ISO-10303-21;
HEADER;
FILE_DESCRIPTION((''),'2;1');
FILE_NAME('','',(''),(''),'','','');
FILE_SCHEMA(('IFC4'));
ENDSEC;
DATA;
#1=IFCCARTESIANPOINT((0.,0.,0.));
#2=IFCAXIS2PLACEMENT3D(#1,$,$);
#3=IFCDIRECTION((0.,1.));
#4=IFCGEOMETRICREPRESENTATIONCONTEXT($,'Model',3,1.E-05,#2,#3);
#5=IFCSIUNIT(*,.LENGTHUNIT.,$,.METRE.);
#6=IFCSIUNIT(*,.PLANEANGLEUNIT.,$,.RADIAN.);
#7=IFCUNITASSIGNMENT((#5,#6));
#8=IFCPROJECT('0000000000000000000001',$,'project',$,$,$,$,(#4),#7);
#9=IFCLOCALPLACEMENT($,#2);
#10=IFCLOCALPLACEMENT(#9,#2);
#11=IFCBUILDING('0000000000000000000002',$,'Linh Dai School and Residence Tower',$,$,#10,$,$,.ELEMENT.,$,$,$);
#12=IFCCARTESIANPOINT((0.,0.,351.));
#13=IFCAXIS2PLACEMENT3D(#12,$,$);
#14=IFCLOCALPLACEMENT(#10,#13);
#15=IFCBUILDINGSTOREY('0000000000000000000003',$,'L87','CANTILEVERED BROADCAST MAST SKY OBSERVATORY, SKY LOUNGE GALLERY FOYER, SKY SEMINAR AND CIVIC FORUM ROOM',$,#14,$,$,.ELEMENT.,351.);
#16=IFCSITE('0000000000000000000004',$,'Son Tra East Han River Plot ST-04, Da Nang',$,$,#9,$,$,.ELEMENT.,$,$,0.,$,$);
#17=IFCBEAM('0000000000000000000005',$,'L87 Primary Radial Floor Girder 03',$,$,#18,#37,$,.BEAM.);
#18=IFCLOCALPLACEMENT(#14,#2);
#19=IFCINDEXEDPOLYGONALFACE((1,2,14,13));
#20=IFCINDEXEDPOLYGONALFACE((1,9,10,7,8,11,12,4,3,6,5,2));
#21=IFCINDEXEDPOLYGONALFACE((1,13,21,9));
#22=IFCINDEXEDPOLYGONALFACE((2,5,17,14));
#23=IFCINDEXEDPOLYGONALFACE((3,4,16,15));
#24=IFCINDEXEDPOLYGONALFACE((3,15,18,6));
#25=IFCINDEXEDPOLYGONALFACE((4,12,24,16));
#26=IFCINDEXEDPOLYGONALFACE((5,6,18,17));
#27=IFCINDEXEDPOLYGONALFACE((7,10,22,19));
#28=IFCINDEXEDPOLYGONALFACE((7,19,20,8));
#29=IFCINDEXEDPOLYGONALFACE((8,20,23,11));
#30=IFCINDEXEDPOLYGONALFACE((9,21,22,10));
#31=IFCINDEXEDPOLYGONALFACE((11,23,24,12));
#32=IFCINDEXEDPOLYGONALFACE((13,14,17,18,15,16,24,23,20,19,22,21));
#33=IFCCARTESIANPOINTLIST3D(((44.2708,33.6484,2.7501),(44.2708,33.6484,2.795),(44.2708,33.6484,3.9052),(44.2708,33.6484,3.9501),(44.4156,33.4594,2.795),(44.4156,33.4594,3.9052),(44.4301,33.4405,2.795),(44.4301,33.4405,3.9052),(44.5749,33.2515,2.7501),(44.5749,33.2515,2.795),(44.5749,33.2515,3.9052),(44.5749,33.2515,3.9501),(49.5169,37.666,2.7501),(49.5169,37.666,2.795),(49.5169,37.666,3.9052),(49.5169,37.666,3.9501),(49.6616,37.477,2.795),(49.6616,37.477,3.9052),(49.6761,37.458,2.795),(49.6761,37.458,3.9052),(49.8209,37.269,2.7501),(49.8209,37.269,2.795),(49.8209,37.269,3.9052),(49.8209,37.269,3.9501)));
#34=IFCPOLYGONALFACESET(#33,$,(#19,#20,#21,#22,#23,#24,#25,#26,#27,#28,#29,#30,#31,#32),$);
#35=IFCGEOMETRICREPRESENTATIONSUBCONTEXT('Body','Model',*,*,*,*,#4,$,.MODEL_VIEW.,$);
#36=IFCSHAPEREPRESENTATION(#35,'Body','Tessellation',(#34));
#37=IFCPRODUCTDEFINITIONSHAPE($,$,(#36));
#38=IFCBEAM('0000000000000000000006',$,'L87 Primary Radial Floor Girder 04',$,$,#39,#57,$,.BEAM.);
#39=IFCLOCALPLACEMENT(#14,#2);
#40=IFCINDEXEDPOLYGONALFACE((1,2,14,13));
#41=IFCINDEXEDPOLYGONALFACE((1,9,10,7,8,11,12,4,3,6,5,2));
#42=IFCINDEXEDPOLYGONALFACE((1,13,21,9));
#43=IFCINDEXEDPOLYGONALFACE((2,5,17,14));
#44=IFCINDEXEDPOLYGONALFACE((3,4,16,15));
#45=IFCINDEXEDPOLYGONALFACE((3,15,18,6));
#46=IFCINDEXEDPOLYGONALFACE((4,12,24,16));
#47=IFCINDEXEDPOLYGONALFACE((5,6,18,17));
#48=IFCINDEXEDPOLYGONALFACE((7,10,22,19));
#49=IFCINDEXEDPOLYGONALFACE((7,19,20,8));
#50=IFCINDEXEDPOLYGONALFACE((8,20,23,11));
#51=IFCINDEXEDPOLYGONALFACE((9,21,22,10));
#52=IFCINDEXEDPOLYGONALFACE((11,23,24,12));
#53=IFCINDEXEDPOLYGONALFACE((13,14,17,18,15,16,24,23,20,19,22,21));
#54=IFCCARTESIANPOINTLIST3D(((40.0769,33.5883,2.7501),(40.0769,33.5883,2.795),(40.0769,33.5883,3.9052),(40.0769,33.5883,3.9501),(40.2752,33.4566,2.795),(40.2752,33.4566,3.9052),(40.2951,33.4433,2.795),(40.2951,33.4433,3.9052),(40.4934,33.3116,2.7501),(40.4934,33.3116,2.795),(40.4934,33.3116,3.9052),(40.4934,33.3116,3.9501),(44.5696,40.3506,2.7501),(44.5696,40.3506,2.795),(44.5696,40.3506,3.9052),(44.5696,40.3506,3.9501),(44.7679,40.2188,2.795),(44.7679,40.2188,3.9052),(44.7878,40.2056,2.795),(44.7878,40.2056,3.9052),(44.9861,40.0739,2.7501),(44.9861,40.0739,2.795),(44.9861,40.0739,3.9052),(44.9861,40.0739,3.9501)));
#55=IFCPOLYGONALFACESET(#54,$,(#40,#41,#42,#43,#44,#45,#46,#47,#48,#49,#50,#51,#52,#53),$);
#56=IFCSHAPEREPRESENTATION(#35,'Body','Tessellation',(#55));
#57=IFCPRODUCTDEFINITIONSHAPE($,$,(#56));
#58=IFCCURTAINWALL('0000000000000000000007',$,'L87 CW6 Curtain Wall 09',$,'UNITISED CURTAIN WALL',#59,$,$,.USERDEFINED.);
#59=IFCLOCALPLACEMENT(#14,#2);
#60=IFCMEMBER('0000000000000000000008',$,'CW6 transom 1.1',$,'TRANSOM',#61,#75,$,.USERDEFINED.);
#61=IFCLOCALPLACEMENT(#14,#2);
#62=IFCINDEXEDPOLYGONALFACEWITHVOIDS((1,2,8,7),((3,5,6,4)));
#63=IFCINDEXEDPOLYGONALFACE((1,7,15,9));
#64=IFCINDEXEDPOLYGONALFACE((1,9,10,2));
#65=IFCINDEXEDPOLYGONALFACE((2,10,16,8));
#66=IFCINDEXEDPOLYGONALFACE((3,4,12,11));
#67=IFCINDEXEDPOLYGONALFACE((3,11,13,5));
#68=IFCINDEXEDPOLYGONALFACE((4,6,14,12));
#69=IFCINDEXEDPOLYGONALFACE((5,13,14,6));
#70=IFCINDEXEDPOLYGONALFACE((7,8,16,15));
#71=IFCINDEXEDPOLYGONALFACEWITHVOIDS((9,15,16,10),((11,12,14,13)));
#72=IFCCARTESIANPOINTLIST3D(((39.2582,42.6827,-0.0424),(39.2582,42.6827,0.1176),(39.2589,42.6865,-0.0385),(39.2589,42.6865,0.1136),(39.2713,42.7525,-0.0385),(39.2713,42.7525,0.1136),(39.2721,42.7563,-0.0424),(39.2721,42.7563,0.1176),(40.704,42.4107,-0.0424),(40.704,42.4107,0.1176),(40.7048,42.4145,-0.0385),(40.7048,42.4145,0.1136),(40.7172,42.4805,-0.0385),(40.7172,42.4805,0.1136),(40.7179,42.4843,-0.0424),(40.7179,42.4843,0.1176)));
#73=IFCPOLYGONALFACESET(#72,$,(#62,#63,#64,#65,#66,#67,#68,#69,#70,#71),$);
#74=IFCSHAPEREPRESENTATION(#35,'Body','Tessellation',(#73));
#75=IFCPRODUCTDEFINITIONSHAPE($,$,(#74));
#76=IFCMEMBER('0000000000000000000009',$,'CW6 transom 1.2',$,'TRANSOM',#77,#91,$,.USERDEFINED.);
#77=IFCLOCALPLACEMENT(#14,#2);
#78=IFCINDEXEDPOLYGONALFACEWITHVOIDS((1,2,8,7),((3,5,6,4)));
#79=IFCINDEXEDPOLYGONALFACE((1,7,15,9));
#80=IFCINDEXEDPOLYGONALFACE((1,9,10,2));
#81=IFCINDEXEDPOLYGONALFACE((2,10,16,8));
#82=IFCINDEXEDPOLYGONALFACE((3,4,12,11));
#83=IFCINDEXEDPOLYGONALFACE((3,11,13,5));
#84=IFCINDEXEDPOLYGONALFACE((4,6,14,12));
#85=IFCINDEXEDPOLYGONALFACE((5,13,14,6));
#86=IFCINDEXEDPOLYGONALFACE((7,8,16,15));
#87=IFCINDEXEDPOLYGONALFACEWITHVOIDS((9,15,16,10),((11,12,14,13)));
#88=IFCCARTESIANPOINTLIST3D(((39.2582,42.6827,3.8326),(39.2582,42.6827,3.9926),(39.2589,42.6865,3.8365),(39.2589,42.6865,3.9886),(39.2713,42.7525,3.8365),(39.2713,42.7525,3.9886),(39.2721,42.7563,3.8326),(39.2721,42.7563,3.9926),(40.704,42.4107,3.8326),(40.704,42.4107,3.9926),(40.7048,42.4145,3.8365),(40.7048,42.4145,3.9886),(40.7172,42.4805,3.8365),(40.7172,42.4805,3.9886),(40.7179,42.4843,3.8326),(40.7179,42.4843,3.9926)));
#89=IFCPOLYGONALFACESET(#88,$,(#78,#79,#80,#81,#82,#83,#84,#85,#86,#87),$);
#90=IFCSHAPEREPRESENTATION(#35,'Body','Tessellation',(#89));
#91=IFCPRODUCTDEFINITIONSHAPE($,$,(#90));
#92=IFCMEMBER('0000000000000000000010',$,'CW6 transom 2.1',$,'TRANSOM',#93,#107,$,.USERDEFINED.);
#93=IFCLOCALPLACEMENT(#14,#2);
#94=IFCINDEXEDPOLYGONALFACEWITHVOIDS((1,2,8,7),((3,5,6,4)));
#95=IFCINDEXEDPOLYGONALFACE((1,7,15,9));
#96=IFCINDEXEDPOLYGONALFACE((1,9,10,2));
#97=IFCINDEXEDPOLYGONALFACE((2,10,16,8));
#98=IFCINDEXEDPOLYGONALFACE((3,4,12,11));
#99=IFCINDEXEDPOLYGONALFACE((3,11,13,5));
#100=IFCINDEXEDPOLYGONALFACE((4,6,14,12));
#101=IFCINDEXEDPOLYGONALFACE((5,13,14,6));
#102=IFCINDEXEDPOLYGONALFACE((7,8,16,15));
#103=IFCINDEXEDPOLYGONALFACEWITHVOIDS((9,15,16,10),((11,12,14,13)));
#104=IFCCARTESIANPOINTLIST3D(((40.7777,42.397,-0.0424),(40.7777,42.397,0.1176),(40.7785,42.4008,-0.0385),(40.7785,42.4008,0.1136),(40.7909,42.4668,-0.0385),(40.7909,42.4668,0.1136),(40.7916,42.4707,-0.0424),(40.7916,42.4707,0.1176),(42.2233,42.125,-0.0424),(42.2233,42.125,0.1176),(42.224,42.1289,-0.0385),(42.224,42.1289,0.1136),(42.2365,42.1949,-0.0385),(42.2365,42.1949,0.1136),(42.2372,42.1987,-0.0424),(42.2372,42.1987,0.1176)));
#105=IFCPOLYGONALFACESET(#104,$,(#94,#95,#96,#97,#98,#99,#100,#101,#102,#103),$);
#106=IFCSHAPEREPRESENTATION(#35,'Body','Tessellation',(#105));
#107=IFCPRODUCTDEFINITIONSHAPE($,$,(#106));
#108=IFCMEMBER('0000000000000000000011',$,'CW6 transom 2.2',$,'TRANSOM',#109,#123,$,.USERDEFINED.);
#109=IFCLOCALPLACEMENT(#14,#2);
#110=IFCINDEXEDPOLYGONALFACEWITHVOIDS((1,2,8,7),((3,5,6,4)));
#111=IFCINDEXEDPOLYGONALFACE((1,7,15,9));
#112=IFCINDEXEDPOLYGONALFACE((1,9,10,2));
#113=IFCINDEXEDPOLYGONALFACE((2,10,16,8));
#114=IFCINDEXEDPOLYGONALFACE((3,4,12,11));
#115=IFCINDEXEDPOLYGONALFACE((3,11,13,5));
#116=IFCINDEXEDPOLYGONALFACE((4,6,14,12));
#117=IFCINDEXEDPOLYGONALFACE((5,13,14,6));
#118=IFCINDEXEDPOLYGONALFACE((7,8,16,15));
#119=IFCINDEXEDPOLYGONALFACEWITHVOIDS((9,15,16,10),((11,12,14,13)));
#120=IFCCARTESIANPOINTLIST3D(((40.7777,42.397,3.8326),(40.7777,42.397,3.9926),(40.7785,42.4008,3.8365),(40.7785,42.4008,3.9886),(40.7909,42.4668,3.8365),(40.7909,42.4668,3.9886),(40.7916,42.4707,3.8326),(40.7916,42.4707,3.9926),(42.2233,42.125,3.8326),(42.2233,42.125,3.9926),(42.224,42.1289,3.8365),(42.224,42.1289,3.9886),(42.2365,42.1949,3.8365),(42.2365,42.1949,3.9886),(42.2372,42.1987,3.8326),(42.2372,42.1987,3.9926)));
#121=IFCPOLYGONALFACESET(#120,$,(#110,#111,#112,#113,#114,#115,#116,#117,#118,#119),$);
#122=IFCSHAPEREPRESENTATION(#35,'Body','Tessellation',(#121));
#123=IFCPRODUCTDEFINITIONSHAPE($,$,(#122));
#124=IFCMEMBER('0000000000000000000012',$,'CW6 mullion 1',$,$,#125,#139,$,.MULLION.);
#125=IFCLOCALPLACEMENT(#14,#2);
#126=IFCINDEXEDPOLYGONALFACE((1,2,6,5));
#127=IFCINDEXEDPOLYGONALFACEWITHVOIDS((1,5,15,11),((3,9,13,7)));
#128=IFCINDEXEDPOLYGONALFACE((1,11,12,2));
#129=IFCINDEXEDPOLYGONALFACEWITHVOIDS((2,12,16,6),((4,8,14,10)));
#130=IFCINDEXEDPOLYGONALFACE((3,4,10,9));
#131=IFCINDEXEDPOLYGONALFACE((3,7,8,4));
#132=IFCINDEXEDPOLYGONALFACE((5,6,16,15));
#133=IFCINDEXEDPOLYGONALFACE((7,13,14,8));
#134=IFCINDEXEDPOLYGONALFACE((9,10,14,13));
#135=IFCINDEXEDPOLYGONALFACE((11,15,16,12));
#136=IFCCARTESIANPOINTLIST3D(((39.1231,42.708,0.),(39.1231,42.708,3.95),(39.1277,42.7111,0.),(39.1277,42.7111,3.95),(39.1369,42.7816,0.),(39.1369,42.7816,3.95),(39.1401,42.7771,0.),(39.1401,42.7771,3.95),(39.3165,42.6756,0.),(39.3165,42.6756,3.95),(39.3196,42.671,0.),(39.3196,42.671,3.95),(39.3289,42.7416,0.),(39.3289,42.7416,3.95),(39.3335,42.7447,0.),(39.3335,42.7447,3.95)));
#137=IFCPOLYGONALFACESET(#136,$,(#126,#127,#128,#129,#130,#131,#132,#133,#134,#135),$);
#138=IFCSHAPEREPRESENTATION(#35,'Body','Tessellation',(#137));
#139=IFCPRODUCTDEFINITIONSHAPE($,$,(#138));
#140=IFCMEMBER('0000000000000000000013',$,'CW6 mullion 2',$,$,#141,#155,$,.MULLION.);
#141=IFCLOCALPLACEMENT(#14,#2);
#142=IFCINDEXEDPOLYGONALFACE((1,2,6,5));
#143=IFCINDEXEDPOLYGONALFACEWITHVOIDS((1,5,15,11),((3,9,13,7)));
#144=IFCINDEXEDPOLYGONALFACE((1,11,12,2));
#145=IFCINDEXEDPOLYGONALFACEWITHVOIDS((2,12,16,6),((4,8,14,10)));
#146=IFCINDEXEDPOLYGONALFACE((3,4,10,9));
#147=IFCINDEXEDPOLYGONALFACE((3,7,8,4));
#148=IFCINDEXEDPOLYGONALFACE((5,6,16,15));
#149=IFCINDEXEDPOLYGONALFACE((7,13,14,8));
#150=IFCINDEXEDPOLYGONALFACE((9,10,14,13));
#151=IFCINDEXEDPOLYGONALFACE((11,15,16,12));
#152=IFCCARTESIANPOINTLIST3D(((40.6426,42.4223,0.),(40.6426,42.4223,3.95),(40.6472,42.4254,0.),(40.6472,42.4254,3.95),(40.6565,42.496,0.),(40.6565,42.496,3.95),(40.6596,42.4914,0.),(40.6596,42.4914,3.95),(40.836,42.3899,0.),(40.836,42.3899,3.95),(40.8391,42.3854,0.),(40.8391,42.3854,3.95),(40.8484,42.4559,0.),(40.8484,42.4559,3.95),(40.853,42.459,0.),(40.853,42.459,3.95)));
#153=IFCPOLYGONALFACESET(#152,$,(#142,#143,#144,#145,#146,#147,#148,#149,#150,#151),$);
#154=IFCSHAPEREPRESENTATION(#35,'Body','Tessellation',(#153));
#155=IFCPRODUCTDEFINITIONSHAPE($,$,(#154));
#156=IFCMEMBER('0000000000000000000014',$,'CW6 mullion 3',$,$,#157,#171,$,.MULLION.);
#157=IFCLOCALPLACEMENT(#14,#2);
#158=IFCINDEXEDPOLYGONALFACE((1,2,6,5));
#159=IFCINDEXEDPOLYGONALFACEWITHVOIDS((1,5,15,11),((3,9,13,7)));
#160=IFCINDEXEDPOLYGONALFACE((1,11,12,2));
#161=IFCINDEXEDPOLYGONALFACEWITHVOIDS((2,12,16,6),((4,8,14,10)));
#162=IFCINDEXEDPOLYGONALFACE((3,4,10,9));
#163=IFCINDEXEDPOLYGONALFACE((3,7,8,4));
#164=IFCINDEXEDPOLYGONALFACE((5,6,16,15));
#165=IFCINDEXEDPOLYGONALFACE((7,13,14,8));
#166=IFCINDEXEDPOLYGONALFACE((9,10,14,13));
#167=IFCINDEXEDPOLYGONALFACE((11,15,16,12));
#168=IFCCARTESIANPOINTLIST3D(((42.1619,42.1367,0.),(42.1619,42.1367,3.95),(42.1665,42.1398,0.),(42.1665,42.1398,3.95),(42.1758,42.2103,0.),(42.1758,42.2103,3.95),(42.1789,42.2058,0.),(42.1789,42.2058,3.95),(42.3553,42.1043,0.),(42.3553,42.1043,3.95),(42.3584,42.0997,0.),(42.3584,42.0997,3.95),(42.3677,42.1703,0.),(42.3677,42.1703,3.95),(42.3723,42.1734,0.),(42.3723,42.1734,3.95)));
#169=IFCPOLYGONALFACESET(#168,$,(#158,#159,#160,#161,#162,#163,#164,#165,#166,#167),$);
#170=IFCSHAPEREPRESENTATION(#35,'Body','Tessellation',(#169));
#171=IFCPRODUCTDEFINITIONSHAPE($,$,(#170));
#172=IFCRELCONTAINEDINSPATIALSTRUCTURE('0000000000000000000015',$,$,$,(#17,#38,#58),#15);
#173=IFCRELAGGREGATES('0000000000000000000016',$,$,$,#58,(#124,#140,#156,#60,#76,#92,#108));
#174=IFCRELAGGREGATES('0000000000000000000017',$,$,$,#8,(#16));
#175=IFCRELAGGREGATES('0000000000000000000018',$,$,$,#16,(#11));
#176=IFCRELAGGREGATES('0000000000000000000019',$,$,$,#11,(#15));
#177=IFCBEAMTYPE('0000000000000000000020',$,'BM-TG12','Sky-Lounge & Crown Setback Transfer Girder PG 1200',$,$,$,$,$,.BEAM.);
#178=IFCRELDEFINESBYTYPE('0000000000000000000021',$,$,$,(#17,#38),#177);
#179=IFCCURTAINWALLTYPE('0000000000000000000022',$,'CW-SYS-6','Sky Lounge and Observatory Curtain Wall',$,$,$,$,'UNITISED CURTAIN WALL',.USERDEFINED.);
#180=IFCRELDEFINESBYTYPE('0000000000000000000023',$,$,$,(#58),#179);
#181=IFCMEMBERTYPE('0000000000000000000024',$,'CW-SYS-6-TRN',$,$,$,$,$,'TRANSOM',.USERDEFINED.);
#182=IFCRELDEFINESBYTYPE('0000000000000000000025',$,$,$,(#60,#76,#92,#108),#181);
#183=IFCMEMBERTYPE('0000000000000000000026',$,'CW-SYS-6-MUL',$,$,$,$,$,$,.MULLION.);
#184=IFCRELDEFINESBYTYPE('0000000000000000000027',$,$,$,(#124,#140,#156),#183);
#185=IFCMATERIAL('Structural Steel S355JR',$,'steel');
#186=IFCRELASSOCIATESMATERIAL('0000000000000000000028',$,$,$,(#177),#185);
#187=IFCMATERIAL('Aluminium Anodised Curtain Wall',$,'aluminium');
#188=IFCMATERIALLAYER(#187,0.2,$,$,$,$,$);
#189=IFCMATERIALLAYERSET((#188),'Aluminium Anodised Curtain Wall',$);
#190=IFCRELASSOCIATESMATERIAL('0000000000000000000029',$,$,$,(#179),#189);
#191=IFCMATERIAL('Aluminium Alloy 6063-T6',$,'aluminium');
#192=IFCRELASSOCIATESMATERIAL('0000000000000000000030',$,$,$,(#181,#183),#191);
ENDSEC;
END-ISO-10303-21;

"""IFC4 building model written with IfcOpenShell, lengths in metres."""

from ifc_helpers import new_model, si_unit, direction, frame, origin, origin_2d, place, context, subcontext, project, spatial, hollow_rectangle, i_section, extrude, source, transform, mapped, material, layer, layer_set, material_profile, profile_set, type_object, element, aggregate, save


model = new_model("IFC4")

# Units and contexts
model_context = context("Model", 3, precision=1e-05, world=origin(), true_north=direction((0.0, 1.0)))
body_context = subcontext(model_context, "Body", "Model", "MODEL_VIEW")
ifc_project = project(units=[si_unit("LENGTHUNIT", "METRE"), si_unit("PLANEANGLEUNIT", "RADIAN")], contexts=[model_context])

# Site, building, storey
site_placement = place(None, origin())
site = spatial("IfcSite", under=ifc_project, at=site_placement, Name="Son Tra East Han River Plot ST-04, Da Nang", CompositionType="ELEMENT", RefElevation=0.0)
building_placement = place(site_placement, origin())
building = spatial("IfcBuilding", under=site, at=building_placement, Name="Linh Dai School and Residence Tower", CompositionType="ELEMENT")
storey_placement = place(building_placement, frame((0.0, 0.0, 351.0)))
storey = spatial("IfcBuildingStorey", under=building, at=storey_placement, Name="L87", Description="CANTILEVERED BROADCAST MAST SKY OBSERVATORY, SKY LOUNGE GALLERY FOYER, SKY SEMINAR AND CIVIC FORUM ROOM", CompositionType="ELEMENT", Elevation=351.0)

# Shared definitions
ifc_material_1 = material(Name="Structural Steel S355JR", Category="steel")

# Beams
ifc_material_profile_1 = material_profile(ifc_material_1, i_section(OverallWidth=0.5, OverallDepth=1.2, WebThickness=0.0239, FlangeThickness=0.0449, at=origin_2d()), Name="PG 1200x500x24x45")
ifc_profile_set_1 = profile_set([ifc_material_profile_1], Name="Structural Steel S355JR")
beam_type_1 = type_object("IfcBeamType", Name="BM-TG12", Description="Sky-Lounge & Crown Setback Transfer Girder PG 1200", PredefinedType="BEAM", material=ifc_profile_set_1)
beam_1_placement = place(storey_placement, frame((44.4229, 33.45, 3.3501), z_axis=(0.79393, 0.608009, 0.0), x_axis=(-0.608009, 0.79393, 0.0)))
element("IfcBeam", 1, at=beam_1_placement, inside=storey, type_object=beam_type_1, Name="L87 Primary Radial Floor Girder 03", PredefinedType="BEAM", context=body_context, shape_type="SweptSolid", body=[
    extrude(i_section(OverallWidth=0.5, OverallDepth=1.2, WebThickness=0.0239, FlangeThickness=0.0449, at=origin_2d()), origin(), (0.0, 0.0, 1.0), 6.6077),
])
beam_2_placement = place(storey_placement, frame((40.2852, 33.45, 3.3501), z_axis=(0.553381, 0.832928, 0.0), x_axis=(-0.832928, 0.553381, 0.0)))
element("IfcBeam", 2, at=beam_2_placement, inside=storey, type_object=beam_type_1, Name="L87 Primary Radial Floor Girder 04", PredefinedType="BEAM", context=body_context, shape_type="SweptSolid", body=[
    extrude(i_section(OverallWidth=0.5, OverallDepth=1.2, WebThickness=0.0239, FlangeThickness=0.0449, at=origin_2d()), origin(), (0.0, 0.0, 1.0), 8.1187),
])

# Curtain wall, members
ifc_material_2 = material(Name="Aluminium Anodised Curtain Wall", Category="aluminium")
ifc_layer_1 = layer(ifc_material_2, 0.2)
ifc_layer_set_1 = layer_set([ifc_layer_1], Name="Aluminium Anodised Curtain Wall")
curtain_wall_type = type_object("IfcCurtainWallType", Name="CW-SYS-6", Description="Sky Lounge and Observatory Curtain Wall", ElementType="UNITISED CURTAIN WALL", PredefinedType="USERDEFINED", material=ifc_layer_set_1)
curtain_wall_placement = place(storey_placement, origin())
curtain_wall = element("IfcCurtainWall", 3, at=curtain_wall_placement, inside=storey, type_object=curtain_wall_type, Name="L87 CW6 Curtain Wall 09", ObjectType="UNITISED CURTAIN WALL", PredefinedType="USERDEFINED")
ifc_material_3 = material(Name="Aluminium Alloy 6063-T6", Category="aluminium")
ifc_material_profile_2 = material_profile(ifc_material_3, hollow_rectangle(XDim=0.075, YDim=0.1599, WallThickness=0.0039, at=origin_2d()), Name="RHS 160x75x4")
ifc_profile_set_2 = profile_set([ifc_material_profile_2], Name="Aluminium Alloy 6063-T6")
member_type_1 = type_object("IfcMemberType", Name="CW-SYS-6-TRN", ElementType="TRANSOM", PredefinedType="USERDEFINED", material=ifc_profile_set_2)
shared_shape_1 = source(origin(), body_context, "Body", "SweptSolid", [
    extrude(hollow_rectangle(XDim=0.075, YDim=0.1599, WallThickness=0.0039, at=origin_2d()), origin(), (0.0, 0.0, 1.0), 1.4712),
])
member_1_placement = place(storey_placement, frame((39.2651, 42.7195, 0.0376), z_axis=(0.982763, -0.18487, 0.0), x_axis=(0.18487, 0.982763, 0.0)))
member_1 = element("IfcMember", 4, at=member_1_placement, type_object=member_type_1, Name="CW6 transom 1.1", ObjectType="TRANSOM", PredefinedType="USERDEFINED", context=body_context, shape_type="MappedRepresentation", body=[
    mapped(shared_shape_1, transform((0.0, 0.0, 0.0), x_axis=(1.0, 0.0, 0.0), y_axis=(0.0, 1.0, 0.0), z_axis=(0.0, 0.0, 1.0), scale=1.0)),
])
member_2_placement = place(storey_placement, frame((39.2651, 42.7195, 3.9126), z_axis=(0.982763, -0.18487, 0.0), x_axis=(0.18487, 0.982763, 0.0)))
member_2 = element("IfcMember", 5, at=member_2_placement, type_object=member_type_1, Name="CW6 transom 1.2", ObjectType="TRANSOM", PredefinedType="USERDEFINED", context=body_context, shape_type="MappedRepresentation", body=[
    mapped(shared_shape_1, transform((0.0, 0.0, 0.0), x_axis=(1.0, 0.0, 0.0), y_axis=(0.0, 1.0, 0.0), z_axis=(0.0, 0.0, 1.0), scale=1.0)),
])
shared_shape_2 = source(origin(), body_context, "Body", "SweptSolid", [
    extrude(hollow_rectangle(XDim=0.075, YDim=0.1599, WallThickness=0.0039, at=origin_2d()), origin(), (0.0, 0.0, 1.0), 1.4709),
])
member_3_placement = place(storey_placement, frame((40.7847, 42.4338, 0.0376), z_axis=(0.982757, -0.1849, 0.0), x_axis=(0.1849, 0.982757, 0.0)))
member_3 = element("IfcMember", 6, at=member_3_placement, type_object=member_type_1, Name="CW6 transom 2.1", ObjectType="TRANSOM", PredefinedType="USERDEFINED", context=body_context, shape_type="MappedRepresentation", body=[
    mapped(shared_shape_2, transform((0.0, 0.0, 0.0), x_axis=(1.0, 0.0, 0.0), y_axis=(0.0, 1.0, 0.0), z_axis=(0.0, 0.0, 1.0), scale=1.0)),
])
member_4_placement = place(storey_placement, frame((40.7847, 42.4338, 3.9126), z_axis=(0.982757, -0.1849, 0.0), x_axis=(0.1849, 0.982757, 0.0)))
member_4 = element("IfcMember", 7, at=member_4_placement, type_object=member_type_1, Name="CW6 transom 2.2", ObjectType="TRANSOM", PredefinedType="USERDEFINED", context=body_context, shape_type="MappedRepresentation", body=[
    mapped(shared_shape_2, transform((0.0, 0.0, 0.0), x_axis=(1.0, 0.0, 0.0), y_axis=(0.0, 1.0, 0.0), z_axis=(0.0, 0.0, 1.0), scale=1.0)),
])
ifc_material_profile_3 = material_profile(ifc_material_3, hollow_rectangle(XDim=0.075, YDim=0.2, WallThickness=0.0039, at=origin_2d()), Name="RHS 200x75x4")
ifc_profile_set_3 = profile_set([ifc_material_profile_3], Name="Aluminium Alloy 6063-T6")
member_type_2 = type_object("IfcMemberType", Name="CW-SYS-6-MUL", PredefinedType="MULLION", material=ifc_profile_set_3)
shared_shape_3 = source(origin(), body_context, "Body", "SweptSolid", [
    extrude(hollow_rectangle(XDim=0.075, YDim=0.2, WallThickness=0.0039, at=origin_2d()), origin(), (0.0, 0.0, 1.0), 3.95),
])
member_5_placement = place(storey_placement, frame((39.2283, 42.7263, 0.0), z_axis=(0.0, 0.0, 1.0), x_axis=(0.184785, 0.982779, 0.0)))
member_5 = element("IfcMember", 8, at=member_5_placement, type_object=member_type_2, Name="CW6 mullion 1", PredefinedType="MULLION", context=body_context, shape_type="MappedRepresentation", body=[
    mapped(shared_shape_3, transform((0.0, 0.0, 0.0), x_axis=(1.0, 0.0, 0.0), y_axis=(0.0, 1.0, 0.0), z_axis=(0.0, 0.0, 1.0), scale=1.0)),
])
member_6_placement = place(storey_placement, frame((40.7478, 42.4407, 0.0), z_axis=(0.0, 0.0, 1.0), x_axis=(0.184785, 0.982779, 0.0)))
member_6 = element("IfcMember", 9, at=member_6_placement, type_object=member_type_2, Name="CW6 mullion 2", PredefinedType="MULLION", context=body_context, shape_type="MappedRepresentation", body=[
    mapped(shared_shape_3, transform((0.0, 0.0, 0.0), x_axis=(1.0, 0.0, 0.0), y_axis=(0.0, 1.0, 0.0), z_axis=(0.0, 0.0, 1.0), scale=1.0)),
])
member_7_placement = place(storey_placement, frame((42.2671, 42.155, 0.0), z_axis=(0.0, 0.0, 1.0), x_axis=(0.184785, 0.982779, 0.0)))
member_7 = element("IfcMember", 10, at=member_7_placement, type_object=member_type_2, Name="CW6 mullion 3", PredefinedType="MULLION", context=body_context, shape_type="MappedRepresentation", body=[
    mapped(shared_shape_3, transform((0.0, 0.0, 0.0), x_axis=(1.0, 0.0, 0.0), y_axis=(0.0, 1.0, 0.0), z_axis=(0.0, 0.0, 1.0), scale=1.0)),
])

aggregate(curtain_wall, [member_5, member_6, member_7, member_1, member_2, member_3, member_4])

save(model, "model.ifc")
